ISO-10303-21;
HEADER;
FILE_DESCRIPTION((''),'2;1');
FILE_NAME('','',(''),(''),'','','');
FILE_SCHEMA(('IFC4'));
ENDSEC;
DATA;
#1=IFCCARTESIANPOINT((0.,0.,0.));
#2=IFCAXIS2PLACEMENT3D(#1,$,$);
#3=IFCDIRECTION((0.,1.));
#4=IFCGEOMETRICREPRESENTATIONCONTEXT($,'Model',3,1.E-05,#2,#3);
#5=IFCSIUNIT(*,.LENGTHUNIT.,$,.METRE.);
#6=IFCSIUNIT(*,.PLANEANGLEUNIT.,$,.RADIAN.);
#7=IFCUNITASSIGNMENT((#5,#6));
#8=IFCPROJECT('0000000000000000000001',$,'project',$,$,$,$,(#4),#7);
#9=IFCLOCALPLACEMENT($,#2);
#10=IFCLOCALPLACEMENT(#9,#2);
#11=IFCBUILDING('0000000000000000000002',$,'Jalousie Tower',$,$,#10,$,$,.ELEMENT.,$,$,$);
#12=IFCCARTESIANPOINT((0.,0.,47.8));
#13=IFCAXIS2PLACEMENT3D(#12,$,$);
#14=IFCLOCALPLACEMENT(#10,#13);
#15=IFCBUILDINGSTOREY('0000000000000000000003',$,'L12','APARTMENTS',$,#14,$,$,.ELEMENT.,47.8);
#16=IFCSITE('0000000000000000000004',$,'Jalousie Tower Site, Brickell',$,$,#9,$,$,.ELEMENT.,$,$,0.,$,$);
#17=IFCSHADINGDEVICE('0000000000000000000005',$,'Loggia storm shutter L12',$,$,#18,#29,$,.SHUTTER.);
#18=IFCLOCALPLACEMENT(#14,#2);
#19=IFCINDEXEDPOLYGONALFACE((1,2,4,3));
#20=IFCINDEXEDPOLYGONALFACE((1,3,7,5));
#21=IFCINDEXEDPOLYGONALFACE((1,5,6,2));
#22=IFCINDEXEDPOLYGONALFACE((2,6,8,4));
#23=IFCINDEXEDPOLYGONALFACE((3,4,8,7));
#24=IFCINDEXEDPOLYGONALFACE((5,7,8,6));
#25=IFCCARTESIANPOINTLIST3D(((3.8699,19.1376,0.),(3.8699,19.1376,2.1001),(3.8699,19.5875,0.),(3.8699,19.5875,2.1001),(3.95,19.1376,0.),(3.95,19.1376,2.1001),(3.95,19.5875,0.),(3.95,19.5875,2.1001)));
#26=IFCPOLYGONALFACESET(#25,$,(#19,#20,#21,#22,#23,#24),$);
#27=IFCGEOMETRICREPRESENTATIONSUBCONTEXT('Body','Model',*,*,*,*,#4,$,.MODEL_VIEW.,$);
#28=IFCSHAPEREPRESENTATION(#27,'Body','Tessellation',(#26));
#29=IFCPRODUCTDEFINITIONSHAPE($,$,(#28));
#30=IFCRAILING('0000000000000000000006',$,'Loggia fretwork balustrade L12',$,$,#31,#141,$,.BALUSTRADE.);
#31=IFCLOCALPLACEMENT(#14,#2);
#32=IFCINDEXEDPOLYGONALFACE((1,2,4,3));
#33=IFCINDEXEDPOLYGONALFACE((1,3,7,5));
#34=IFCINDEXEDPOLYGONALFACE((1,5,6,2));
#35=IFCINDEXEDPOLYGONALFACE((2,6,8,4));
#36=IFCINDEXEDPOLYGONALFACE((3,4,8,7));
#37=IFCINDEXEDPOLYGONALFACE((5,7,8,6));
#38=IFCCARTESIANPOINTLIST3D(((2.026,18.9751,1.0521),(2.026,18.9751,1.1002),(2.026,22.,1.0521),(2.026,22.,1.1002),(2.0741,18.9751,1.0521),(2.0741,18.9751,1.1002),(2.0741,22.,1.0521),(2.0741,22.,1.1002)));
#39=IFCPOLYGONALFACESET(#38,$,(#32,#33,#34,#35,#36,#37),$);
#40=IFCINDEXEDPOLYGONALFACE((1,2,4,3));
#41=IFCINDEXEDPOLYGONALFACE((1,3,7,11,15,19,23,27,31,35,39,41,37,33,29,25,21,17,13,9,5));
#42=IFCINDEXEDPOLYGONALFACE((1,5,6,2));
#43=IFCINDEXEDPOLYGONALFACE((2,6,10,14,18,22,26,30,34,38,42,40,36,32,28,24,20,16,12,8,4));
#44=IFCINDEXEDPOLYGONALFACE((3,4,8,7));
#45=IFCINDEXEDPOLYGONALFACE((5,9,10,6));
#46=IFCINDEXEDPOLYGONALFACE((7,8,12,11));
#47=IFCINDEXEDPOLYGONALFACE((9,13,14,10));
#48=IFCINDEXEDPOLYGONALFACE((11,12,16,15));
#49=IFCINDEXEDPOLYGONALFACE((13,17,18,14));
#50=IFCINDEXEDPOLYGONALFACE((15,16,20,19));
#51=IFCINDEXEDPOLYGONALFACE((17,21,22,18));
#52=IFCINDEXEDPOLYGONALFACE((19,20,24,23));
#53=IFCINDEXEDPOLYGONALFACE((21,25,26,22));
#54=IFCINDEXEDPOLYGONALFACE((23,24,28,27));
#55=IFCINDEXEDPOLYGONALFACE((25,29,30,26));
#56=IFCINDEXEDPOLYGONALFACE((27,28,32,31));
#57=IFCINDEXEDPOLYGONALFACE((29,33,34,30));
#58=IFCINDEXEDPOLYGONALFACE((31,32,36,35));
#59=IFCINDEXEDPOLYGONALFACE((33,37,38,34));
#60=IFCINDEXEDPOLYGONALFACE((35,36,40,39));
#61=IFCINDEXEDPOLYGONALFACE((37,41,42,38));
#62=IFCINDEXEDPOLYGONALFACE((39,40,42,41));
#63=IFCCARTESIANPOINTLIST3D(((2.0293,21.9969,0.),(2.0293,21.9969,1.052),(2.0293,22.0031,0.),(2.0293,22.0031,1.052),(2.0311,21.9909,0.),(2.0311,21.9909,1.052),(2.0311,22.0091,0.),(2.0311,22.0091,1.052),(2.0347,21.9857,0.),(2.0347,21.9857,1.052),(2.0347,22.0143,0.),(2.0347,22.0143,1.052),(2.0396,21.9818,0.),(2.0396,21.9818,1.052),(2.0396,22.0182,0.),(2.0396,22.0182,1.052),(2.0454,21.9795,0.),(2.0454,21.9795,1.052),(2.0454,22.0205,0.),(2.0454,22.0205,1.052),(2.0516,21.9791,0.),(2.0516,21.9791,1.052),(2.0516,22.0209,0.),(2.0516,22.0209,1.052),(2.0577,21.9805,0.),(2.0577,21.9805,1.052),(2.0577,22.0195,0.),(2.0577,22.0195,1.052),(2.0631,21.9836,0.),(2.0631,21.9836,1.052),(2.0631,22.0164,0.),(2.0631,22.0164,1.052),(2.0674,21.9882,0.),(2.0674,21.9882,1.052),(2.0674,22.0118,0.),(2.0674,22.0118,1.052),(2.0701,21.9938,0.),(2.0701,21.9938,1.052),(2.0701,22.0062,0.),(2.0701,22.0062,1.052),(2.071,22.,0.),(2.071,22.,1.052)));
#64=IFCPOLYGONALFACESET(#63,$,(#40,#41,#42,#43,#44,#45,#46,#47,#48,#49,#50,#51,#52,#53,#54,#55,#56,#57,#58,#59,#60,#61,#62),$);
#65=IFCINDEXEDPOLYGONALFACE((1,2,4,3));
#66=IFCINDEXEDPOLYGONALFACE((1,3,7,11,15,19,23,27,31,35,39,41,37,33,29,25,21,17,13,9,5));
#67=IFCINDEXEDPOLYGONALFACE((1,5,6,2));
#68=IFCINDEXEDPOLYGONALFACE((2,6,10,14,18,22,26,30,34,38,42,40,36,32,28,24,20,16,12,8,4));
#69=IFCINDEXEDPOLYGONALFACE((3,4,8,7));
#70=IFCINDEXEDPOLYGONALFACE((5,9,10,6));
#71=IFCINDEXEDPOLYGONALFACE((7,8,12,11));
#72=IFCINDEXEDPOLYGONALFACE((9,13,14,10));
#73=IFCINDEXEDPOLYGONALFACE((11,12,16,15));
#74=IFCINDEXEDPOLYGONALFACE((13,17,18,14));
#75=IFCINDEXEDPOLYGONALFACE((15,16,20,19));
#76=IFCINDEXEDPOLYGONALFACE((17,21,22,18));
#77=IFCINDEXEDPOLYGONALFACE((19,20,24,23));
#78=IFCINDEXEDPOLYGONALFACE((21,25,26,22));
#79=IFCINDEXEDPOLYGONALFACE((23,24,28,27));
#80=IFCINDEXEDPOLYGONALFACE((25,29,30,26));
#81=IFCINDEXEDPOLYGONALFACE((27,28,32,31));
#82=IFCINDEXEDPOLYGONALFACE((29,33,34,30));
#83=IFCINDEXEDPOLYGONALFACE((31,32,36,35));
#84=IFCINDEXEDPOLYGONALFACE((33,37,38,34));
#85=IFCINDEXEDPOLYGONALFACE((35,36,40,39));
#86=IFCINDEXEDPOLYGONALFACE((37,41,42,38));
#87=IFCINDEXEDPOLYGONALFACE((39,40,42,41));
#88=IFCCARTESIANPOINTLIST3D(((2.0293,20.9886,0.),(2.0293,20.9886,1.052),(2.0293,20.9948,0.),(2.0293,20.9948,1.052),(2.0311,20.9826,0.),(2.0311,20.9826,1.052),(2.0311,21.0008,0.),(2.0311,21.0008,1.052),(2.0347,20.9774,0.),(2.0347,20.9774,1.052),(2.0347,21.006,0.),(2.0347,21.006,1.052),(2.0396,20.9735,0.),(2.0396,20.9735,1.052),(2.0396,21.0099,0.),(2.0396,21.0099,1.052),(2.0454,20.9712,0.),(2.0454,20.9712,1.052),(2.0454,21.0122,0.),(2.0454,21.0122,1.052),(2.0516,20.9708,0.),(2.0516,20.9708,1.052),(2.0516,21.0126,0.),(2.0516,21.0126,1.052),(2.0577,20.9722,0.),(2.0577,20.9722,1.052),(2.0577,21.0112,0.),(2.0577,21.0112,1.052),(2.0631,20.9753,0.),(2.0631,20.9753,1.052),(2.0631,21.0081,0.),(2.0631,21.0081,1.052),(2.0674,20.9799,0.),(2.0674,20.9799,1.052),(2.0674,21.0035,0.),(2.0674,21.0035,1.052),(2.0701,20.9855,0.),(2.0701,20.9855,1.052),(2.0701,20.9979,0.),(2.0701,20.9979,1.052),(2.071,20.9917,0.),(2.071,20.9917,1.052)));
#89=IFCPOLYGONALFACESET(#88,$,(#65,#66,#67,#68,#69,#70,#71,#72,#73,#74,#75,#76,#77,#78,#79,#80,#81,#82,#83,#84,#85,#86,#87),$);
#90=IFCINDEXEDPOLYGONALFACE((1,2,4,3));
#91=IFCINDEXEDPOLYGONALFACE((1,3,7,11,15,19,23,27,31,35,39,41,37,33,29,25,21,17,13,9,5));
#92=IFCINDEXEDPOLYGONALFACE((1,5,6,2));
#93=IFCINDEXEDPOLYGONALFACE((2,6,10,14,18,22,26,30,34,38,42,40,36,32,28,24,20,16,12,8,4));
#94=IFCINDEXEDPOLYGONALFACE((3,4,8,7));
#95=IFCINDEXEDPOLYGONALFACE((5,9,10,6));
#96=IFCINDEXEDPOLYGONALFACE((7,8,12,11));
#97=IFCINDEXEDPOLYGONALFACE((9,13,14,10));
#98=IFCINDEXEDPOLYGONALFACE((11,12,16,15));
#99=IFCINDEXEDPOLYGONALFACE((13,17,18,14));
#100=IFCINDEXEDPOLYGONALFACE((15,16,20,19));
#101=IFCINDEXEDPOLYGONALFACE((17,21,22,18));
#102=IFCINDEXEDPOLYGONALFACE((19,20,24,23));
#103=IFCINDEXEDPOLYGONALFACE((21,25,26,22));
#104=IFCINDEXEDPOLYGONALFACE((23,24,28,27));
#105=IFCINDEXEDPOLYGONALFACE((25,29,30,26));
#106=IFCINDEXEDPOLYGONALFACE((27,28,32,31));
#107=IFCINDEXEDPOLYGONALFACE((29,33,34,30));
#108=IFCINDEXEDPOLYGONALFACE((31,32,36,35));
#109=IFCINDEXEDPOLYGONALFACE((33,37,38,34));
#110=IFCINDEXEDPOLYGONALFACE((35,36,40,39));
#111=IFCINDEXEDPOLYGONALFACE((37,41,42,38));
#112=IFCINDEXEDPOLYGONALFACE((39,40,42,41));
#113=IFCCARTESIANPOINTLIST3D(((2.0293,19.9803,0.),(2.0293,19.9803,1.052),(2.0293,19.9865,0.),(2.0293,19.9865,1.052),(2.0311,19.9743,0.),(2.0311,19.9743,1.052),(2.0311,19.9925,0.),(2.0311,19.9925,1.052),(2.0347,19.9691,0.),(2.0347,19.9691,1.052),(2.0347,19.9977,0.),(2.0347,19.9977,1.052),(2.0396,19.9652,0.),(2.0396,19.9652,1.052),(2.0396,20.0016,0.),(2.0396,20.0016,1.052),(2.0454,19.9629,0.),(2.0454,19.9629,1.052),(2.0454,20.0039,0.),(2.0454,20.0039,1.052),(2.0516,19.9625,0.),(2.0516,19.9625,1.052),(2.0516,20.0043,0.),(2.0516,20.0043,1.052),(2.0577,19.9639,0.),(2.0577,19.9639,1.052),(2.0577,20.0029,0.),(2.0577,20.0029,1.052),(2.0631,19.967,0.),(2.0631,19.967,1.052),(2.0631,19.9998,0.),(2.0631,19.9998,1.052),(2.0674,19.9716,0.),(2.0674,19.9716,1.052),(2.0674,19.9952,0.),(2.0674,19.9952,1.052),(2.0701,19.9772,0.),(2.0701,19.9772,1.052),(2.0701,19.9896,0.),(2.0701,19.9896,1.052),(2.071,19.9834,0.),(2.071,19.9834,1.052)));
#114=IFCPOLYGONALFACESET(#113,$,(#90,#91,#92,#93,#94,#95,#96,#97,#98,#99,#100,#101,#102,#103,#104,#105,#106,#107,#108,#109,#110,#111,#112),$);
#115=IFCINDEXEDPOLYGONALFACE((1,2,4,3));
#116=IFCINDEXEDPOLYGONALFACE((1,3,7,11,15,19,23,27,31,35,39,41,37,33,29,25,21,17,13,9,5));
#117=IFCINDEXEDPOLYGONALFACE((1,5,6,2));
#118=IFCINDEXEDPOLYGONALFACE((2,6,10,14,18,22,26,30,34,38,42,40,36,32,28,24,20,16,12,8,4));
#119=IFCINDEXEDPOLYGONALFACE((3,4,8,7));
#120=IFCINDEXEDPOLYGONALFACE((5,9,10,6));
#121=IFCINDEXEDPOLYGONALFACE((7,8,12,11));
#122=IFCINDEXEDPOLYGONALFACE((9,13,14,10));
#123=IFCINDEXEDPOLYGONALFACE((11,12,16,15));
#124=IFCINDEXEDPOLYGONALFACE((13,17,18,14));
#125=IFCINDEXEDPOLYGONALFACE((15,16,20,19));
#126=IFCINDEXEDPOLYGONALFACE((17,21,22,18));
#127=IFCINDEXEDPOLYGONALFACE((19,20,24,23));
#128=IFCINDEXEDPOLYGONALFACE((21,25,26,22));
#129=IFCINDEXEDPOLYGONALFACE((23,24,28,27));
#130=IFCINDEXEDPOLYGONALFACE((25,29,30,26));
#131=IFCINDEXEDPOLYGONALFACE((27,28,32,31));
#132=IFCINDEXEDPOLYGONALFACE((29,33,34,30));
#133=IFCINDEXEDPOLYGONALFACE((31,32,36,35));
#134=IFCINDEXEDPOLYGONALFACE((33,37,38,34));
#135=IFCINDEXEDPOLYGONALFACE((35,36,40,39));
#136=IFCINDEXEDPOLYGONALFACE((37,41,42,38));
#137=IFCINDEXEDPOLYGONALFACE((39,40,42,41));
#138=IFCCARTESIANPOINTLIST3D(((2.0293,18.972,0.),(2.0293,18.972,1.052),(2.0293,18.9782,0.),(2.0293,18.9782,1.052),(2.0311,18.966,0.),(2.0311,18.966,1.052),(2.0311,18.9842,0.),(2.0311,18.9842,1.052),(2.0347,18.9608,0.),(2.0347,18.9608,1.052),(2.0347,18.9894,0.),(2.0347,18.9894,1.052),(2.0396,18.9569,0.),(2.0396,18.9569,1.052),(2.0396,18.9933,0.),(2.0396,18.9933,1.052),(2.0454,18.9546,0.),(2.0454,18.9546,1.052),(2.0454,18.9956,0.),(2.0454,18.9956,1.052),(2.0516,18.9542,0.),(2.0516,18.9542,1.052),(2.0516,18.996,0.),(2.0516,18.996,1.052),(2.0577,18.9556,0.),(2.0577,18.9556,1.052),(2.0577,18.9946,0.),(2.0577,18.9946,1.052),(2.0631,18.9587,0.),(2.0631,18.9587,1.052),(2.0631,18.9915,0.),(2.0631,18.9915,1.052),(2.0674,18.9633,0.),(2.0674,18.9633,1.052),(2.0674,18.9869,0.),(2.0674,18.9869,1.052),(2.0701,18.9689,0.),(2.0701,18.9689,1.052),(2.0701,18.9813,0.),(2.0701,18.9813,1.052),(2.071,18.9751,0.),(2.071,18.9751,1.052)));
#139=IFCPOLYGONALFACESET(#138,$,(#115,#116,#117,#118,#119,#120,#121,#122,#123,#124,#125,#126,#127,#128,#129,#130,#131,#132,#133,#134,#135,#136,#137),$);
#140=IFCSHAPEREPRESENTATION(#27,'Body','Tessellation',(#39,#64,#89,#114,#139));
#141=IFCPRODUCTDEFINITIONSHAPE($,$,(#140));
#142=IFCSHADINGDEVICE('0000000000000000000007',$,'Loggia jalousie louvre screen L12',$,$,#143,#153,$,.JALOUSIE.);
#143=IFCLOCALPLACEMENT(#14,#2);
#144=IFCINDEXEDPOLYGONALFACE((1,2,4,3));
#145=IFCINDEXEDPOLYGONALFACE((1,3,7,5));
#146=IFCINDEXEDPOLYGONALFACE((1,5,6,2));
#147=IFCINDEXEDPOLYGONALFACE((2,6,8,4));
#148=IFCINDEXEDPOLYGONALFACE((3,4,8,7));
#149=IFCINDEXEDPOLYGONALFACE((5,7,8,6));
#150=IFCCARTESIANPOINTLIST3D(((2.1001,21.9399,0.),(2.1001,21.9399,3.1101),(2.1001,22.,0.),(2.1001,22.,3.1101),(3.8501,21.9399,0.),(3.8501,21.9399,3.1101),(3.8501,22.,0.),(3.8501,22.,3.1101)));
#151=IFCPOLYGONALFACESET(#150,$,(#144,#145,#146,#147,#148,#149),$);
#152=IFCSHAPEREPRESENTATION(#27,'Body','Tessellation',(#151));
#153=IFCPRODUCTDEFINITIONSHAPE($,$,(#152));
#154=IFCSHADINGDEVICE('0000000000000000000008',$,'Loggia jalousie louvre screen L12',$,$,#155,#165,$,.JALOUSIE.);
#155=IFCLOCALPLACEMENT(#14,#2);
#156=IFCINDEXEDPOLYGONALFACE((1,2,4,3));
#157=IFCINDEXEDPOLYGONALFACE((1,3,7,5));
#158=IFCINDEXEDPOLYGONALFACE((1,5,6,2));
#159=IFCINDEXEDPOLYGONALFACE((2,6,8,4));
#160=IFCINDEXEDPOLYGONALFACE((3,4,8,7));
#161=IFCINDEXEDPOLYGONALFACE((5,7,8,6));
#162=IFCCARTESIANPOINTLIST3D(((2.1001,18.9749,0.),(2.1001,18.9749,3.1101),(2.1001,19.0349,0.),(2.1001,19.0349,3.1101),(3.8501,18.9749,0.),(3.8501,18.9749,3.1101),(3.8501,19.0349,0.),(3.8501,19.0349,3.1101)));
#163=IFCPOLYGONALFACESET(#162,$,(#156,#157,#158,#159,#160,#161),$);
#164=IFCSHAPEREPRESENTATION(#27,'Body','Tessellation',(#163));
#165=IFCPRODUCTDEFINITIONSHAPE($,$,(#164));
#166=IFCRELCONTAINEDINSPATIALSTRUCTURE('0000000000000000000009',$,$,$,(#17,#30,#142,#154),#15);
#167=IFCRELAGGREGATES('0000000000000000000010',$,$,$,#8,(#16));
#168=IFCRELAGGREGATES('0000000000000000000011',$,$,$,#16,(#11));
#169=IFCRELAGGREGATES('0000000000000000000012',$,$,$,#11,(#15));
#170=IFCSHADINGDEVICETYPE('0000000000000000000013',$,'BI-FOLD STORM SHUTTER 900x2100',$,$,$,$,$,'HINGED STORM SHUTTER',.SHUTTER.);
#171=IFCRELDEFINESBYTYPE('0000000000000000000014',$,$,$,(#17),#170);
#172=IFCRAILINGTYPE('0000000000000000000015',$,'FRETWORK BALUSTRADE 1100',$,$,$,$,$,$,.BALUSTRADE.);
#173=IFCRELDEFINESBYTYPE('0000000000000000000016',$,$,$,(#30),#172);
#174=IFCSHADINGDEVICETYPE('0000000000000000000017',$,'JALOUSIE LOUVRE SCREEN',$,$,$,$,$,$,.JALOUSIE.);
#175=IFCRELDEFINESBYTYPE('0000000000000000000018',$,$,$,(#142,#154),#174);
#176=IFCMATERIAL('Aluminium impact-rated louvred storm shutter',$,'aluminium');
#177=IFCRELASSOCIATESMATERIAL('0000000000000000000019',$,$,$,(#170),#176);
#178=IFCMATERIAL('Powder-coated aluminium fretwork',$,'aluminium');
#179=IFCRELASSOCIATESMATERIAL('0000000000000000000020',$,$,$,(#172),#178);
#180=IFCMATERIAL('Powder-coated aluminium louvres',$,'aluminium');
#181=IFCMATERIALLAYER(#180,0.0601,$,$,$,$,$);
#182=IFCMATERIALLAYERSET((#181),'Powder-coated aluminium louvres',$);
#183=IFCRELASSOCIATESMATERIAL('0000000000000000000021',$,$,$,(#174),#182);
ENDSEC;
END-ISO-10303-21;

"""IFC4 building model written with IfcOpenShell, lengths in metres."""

from ifc_helpers import new_model, si_unit, direction, frame, origin, origin_2d, place, context, subcontext, project, spatial, rectangle, circle, extrude, material, layer, layer_set, type_object, element, save


model = new_model("IFC4")

# Units and contexts
model_context = context("Model", 3, precision=1e-05, world=origin(), true_north=direction((0.0, 1.0)))
body_context = subcontext(model_context, "Body", "Model", "MODEL_VIEW")
ifc_project = project(units=[si_unit("LENGTHUNIT", "METRE"), si_unit("PLANEANGLEUNIT", "RADIAN")], contexts=[model_context])

# Site, building, storey
site_placement = place(None, origin())
site = spatial("IfcSite", under=ifc_project, at=site_placement, Name="Jalousie Tower Site, Brickell", CompositionType="ELEMENT", RefElevation=0.0)
building_placement = place(site_placement, origin())
building = spatial("IfcBuilding", under=site, at=building_placement, Name="Jalousie Tower", CompositionType="ELEMENT")
storey_placement = place(building_placement, frame((0.0, 0.0, 47.8)))
storey = spatial("IfcBuildingStorey", under=building, at=storey_placement, Name="L12", Description="APARTMENTS", CompositionType="ELEMENT", Elevation=47.8)

# Shading device
ifc_material_1 = material(Name="Aluminium impact-rated louvred storm shutter", Category="aluminium")
shading_device_type_1 = type_object("IfcShadingDeviceType", Name="BI-FOLD STORM SHUTTER 900x2100", ElementType="HINGED STORM SHUTTER", PredefinedType="SHUTTER", material=ifc_material_1)
for number, where, z_axis, x_axis, name in (
    (1, (3.9099, 19.3625, 0.0), (0.0, 0.0, 1.0), (0.0, -1.0, 0.0), "Loggia storm shutter L12"),
):
    element("IfcShadingDevice", number, at=place(storey_placement, frame(where, z_axis=z_axis, x_axis=x_axis)), inside=storey, type_object=shading_device_type_1, Name=name, PredefinedType="SHUTTER", context=body_context, shape_type="SweptSolid", body=[
        extrude(rectangle(XDim=0.45, YDim=0.0801, at=origin_2d()), origin(), (0.0, 0.0, 1.0), 2.1001),
    ])

# Railing
ifc_material_2 = material(Name="Powder-coated aluminium fretwork", Category="aluminium")
railing_type = type_object("IfcRailingType", Name="FRETWORK BALUSTRADE 1100", PredefinedType="BALUSTRADE", material=ifc_material_2)
railing_placement = place(storey_placement, frame((2.05, 22.0, 0.0)))
element("IfcRailing", 2, at=railing_placement, inside=storey, type_object=railing_type, Name="Loggia fretwork balustrade L12", PredefinedType="BALUSTRADE", context=body_context, shape_type="SweptSolid", body=[
    extrude(rectangle(XDim=0.0481, YDim=0.0481, at=origin_2d()), frame((0.0, 0.0, 1.0762), z_axis=(0.0, -1.0, 0.0), x_axis=(1.0, 0.0, 0.0)), (0.0, 0.0, 1.0), 3.0249),
    extrude(circle(Radius=0.021, at=origin_2d()), origin(), (0.0, 0.0, 1.0), 1.052),
    extrude(circle(Radius=0.021, at=origin_2d()), frame((0.0, -1.0083, 0.0)), (0.0, 0.0, 1.0), 1.052),
    extrude(circle(Radius=0.021, at=origin_2d()), frame((0.0, -2.0166, 0.0)), (0.0, 0.0, 1.0), 1.052),
    extrude(circle(Radius=0.021, at=origin_2d()), frame((0.0, -3.0249, 0.0)), (0.0, 0.0, 1.0), 1.052),
])

# Shading devices
ifc_material_3 = material(Name="Powder-coated aluminium louvres", Category="aluminium")
ifc_layer_1 = layer(ifc_material_3, 0.0601)
ifc_layer_set_1 = layer_set([ifc_layer_1], Name="Powder-coated aluminium louvres")
shading_device_type_2 = type_object("IfcShadingDeviceType", Name="JALOUSIE LOUVRE SCREEN", PredefinedType="JALOUSIE", material=ifc_layer_set_1)
for number, where, z_axis, x_axis, name in (
    (3, (2.9751, 21.97, 0.0), (0.0, 0.0, 1.0), (0.0, -1.0, 0.0), "Loggia jalousie louvre screen L12"),
    (4, (2.9751, 19.0049, 0.0), (0.0, 0.0, 1.0), (0.0, -1.0, 0.0), "Loggia jalousie louvre screen L12"),
):
    element("IfcShadingDevice", number, at=place(storey_placement, frame(where, z_axis=z_axis, x_axis=x_axis)), inside=storey, type_object=shading_device_type_2, Name=name, PredefinedType="JALOUSIE", context=body_context, shape_type="SweptSolid", body=[
        extrude(rectangle(XDim=0.0601, YDim=1.75, at=origin_2d()), origin(), (0.0, 0.0, 1.0), 3.1101),
    ])

save(model, "model.ifc")
